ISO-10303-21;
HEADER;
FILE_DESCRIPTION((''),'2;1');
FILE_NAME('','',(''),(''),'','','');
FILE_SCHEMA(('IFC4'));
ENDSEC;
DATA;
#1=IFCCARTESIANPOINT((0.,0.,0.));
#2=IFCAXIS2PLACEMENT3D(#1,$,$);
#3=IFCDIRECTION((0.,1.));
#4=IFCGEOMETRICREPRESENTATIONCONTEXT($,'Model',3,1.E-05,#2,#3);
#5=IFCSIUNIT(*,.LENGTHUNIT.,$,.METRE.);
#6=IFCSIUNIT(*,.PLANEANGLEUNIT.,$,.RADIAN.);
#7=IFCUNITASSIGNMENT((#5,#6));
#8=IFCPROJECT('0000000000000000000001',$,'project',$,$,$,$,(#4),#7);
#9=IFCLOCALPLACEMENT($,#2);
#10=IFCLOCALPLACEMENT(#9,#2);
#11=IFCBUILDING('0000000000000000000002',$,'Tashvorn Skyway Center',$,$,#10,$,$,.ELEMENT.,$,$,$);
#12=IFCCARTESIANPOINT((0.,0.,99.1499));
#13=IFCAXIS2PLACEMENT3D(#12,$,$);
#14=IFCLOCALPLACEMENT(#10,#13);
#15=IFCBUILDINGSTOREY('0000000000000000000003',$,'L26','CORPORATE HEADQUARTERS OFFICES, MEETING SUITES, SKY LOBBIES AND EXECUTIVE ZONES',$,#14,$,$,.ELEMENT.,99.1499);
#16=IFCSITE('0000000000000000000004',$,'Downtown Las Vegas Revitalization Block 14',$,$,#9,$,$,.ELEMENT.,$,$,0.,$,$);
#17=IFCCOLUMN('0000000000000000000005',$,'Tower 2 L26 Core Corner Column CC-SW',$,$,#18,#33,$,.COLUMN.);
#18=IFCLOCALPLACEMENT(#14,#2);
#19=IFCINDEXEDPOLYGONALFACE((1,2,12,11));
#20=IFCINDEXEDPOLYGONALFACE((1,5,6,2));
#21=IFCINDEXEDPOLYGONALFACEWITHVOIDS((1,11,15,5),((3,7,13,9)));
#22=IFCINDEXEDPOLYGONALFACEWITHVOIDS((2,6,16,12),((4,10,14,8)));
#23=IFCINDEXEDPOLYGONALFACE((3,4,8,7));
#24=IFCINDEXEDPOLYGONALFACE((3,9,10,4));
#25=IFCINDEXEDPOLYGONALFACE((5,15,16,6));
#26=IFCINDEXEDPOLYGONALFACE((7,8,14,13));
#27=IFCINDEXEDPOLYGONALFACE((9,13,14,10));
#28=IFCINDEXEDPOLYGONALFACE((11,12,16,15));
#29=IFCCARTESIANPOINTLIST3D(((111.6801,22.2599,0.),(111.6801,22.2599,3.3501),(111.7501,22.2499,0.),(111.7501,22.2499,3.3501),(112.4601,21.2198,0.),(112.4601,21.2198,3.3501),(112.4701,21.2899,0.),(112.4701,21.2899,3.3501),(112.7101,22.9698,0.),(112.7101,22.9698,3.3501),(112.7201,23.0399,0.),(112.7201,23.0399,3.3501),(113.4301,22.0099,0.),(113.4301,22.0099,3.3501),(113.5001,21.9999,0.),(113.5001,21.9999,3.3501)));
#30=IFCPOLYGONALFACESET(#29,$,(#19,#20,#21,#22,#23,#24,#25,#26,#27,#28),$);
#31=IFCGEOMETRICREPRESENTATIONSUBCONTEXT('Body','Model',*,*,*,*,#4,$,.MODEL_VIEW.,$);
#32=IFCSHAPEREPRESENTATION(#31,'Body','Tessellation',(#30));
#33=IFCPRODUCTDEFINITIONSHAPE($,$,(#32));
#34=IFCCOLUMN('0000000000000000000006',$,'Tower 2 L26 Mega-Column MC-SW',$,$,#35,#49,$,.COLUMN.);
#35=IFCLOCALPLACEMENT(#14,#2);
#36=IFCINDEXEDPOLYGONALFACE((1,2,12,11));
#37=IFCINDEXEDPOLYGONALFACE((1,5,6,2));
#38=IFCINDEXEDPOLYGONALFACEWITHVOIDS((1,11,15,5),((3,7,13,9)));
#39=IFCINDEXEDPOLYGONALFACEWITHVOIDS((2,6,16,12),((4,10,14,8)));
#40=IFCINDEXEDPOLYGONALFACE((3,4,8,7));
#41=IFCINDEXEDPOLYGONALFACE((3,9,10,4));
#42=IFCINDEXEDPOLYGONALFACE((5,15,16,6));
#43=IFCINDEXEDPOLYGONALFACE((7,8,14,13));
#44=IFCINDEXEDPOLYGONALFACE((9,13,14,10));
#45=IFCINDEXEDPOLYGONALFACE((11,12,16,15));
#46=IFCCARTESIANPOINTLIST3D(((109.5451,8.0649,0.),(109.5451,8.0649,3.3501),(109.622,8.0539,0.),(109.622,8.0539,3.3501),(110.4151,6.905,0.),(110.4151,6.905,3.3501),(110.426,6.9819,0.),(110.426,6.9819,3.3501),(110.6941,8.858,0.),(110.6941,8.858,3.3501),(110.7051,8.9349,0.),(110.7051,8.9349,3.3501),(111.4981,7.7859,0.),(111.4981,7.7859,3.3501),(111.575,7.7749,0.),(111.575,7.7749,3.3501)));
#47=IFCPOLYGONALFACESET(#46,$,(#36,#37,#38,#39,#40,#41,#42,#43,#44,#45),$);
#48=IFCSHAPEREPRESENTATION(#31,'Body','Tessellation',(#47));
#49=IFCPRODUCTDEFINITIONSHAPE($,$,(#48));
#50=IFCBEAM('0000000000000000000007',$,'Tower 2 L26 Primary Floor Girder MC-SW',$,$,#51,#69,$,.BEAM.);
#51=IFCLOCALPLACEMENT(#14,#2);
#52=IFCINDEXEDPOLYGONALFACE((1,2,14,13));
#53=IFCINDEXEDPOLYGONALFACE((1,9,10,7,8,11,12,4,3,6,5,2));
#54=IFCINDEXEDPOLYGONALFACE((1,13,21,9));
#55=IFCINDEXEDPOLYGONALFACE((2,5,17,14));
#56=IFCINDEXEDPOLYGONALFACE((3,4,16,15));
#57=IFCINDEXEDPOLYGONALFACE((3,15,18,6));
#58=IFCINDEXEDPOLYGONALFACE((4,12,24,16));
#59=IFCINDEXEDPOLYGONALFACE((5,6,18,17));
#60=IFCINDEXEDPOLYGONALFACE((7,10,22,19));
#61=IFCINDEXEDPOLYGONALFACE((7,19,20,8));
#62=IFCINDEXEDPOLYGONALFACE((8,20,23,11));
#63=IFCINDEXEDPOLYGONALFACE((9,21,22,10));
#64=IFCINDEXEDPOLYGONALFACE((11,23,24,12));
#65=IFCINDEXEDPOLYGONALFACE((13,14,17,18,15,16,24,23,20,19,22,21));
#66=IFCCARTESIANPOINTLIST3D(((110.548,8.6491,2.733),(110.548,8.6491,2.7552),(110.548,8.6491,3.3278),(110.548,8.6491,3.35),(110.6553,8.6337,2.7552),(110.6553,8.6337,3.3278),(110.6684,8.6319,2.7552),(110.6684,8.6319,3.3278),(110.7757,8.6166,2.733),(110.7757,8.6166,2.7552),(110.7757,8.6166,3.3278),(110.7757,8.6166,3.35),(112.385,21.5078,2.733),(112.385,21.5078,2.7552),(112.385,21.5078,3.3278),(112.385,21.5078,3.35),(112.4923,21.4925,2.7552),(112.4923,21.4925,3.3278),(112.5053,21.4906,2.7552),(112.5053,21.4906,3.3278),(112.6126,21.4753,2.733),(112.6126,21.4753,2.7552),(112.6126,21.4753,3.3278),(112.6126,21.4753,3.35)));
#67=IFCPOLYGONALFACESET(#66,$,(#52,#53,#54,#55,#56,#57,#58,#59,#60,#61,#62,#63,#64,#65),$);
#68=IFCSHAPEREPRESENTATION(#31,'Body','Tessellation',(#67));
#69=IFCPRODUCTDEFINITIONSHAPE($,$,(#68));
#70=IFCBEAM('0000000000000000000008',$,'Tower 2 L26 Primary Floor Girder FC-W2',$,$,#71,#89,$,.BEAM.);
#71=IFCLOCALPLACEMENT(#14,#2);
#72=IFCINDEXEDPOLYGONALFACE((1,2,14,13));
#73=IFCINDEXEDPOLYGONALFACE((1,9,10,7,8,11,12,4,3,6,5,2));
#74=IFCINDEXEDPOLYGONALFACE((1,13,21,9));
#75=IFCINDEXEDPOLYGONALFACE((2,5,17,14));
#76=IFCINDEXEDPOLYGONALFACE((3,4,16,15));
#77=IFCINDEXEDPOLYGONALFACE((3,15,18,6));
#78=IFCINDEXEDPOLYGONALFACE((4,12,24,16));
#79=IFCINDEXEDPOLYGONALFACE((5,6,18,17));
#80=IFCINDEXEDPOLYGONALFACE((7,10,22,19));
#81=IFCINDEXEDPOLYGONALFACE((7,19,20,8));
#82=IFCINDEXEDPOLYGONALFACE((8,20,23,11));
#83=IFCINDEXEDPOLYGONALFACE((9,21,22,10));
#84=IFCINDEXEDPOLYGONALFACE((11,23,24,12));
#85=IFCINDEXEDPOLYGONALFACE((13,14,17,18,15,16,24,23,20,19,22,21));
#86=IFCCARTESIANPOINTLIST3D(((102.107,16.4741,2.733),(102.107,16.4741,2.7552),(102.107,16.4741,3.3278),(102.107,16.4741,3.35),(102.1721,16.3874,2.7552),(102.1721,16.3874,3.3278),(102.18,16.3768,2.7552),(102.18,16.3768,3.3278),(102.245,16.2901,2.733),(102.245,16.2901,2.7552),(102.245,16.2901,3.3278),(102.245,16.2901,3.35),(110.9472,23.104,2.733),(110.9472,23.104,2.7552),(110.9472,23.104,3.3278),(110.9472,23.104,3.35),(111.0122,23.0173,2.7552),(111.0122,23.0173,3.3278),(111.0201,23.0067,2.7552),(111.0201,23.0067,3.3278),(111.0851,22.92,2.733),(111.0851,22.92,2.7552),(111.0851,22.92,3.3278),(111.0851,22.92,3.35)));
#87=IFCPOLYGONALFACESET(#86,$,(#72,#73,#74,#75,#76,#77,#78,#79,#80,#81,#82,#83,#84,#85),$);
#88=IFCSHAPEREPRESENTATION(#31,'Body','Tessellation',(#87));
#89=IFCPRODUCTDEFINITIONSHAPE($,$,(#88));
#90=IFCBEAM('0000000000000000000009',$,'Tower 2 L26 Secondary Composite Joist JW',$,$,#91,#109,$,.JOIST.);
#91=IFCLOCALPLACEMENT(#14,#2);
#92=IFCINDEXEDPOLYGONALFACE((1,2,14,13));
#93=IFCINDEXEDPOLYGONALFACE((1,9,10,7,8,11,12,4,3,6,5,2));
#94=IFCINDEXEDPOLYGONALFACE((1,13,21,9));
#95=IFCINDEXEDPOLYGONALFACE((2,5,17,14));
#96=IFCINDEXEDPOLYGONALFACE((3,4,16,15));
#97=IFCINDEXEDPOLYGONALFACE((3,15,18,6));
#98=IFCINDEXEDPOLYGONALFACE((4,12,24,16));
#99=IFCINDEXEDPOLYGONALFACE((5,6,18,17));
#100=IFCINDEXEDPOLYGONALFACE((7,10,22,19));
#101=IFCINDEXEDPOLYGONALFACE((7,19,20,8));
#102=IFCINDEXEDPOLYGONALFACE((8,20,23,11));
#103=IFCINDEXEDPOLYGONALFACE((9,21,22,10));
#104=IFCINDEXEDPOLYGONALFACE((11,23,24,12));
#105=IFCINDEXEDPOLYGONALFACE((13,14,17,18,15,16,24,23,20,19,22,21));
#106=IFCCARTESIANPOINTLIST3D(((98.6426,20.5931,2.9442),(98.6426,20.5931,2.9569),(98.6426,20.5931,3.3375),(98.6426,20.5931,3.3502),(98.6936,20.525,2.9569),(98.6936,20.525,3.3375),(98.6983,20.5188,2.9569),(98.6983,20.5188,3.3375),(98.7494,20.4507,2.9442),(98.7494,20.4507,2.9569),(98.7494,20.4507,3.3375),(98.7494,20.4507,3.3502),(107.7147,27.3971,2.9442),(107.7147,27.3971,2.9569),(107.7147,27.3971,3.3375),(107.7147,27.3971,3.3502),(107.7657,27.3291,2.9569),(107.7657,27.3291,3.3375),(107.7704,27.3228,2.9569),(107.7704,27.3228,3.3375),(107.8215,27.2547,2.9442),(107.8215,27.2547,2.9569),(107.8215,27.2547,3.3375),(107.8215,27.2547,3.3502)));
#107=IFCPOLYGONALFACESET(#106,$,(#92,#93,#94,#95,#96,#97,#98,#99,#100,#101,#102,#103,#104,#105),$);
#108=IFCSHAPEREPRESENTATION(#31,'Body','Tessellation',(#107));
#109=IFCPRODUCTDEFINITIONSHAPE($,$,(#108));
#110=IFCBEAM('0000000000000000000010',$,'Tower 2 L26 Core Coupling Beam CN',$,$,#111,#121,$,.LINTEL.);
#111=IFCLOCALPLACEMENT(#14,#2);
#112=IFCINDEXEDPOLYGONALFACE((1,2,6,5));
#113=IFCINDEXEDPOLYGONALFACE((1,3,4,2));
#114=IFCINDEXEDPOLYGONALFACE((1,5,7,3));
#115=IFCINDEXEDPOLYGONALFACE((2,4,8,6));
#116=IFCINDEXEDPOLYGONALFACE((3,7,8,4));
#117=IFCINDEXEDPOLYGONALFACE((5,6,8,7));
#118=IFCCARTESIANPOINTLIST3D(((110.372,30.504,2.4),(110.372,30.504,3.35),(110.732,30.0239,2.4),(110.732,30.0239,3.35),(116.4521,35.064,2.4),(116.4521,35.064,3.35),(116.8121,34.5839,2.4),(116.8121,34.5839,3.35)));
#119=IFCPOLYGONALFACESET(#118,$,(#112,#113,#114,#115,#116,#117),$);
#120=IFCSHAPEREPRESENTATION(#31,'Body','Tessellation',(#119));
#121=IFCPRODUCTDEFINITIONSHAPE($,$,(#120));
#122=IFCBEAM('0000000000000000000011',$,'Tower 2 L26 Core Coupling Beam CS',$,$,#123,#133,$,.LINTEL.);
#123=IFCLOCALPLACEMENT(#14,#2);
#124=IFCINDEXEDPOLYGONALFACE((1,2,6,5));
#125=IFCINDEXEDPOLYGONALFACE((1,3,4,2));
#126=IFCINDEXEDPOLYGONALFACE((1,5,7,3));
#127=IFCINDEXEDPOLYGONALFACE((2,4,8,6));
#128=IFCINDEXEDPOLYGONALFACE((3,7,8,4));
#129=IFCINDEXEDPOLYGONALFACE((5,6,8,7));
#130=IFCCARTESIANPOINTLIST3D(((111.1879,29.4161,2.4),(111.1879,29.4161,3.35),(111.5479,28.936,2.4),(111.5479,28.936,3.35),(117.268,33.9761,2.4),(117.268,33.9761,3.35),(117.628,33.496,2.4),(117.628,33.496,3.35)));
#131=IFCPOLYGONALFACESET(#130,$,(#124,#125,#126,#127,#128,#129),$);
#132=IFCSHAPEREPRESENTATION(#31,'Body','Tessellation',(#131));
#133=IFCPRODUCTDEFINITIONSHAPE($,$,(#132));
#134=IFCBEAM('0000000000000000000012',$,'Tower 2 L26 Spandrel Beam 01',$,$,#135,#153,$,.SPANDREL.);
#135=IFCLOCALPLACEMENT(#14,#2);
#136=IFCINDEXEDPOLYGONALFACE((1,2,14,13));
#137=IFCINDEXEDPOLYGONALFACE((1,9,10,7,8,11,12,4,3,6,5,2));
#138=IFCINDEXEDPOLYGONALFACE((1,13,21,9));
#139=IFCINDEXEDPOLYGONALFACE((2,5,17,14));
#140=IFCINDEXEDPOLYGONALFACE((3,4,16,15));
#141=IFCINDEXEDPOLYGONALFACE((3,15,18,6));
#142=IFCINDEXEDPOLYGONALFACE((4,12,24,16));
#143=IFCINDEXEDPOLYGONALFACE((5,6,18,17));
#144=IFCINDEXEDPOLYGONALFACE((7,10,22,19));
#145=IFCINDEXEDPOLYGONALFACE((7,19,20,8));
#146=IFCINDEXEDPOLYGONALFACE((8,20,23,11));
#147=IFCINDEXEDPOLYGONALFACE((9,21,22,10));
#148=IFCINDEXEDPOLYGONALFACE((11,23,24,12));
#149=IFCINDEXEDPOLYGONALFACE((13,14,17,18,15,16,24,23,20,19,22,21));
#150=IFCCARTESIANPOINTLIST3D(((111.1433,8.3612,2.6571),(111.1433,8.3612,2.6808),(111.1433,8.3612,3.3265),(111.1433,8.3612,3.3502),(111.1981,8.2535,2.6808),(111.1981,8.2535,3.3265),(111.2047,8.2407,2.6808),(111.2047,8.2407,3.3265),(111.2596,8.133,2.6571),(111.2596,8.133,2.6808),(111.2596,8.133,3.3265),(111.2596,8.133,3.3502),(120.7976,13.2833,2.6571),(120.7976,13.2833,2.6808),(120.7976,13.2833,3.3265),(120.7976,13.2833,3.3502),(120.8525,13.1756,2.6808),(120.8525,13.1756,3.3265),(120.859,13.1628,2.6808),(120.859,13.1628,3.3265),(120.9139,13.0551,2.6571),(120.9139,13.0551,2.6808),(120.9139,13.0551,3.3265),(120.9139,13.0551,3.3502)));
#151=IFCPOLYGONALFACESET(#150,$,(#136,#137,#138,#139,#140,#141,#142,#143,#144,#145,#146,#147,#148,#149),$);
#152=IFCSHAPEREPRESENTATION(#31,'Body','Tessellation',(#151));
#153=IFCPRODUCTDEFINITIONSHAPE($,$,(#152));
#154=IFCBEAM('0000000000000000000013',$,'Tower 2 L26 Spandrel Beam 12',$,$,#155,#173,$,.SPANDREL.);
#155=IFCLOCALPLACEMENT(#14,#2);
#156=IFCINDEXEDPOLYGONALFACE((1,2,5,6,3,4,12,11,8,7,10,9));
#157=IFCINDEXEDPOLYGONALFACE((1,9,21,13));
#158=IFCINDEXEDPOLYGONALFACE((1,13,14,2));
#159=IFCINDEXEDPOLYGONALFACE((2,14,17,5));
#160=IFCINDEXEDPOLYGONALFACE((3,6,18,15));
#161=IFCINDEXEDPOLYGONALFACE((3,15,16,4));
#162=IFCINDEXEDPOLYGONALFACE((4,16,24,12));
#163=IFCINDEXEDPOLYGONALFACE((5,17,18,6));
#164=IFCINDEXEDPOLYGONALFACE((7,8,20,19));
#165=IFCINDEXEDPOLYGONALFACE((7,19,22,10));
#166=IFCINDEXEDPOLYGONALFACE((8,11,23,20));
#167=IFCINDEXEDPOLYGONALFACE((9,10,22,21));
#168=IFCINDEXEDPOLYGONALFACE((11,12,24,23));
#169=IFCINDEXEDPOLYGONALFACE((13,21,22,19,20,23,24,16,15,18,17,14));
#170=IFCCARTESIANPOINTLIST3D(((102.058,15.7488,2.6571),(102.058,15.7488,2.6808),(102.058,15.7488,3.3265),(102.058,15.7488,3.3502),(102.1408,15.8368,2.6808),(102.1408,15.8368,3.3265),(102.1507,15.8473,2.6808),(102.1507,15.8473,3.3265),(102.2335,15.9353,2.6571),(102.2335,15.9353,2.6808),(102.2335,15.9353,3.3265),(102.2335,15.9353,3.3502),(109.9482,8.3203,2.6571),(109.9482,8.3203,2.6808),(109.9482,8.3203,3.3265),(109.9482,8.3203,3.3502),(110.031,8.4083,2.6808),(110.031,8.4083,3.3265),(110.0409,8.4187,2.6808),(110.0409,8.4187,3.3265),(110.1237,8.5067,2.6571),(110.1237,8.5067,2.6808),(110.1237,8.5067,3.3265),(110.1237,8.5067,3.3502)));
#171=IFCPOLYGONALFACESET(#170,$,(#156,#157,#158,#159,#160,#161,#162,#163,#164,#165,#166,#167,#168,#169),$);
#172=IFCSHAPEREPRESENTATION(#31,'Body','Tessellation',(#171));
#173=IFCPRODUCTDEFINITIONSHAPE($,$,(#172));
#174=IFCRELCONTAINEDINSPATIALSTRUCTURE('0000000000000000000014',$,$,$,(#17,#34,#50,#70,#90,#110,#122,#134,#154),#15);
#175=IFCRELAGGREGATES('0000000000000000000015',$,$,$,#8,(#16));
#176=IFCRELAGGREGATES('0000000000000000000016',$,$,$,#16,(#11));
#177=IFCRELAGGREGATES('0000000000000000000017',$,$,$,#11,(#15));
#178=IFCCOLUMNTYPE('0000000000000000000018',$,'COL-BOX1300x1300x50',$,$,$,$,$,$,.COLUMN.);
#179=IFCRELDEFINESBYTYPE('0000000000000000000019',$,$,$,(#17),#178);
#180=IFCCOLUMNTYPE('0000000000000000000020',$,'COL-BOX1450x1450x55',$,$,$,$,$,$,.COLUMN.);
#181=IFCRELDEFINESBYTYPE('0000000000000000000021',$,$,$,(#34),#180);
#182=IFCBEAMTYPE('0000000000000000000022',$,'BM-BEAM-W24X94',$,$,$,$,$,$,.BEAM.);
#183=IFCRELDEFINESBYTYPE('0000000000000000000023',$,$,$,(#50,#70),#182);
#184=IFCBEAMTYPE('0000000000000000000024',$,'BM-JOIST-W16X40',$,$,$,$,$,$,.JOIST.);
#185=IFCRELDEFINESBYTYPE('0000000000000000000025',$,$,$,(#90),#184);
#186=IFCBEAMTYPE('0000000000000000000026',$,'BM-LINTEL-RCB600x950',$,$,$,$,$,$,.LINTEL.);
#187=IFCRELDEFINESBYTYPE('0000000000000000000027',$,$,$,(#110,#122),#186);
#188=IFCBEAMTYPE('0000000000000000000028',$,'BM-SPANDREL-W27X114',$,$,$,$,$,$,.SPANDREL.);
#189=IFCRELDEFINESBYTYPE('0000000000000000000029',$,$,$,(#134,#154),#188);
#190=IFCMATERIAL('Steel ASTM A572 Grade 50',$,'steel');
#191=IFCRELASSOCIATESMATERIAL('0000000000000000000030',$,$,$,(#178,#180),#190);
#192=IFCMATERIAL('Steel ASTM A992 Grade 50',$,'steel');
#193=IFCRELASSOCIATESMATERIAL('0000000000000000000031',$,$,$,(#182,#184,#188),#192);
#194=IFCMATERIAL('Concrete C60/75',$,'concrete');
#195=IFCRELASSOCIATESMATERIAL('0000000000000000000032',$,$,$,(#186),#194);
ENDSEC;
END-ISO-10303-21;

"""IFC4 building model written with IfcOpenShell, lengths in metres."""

from ifc_helpers import new_model, si_unit, direction, frame, origin, origin_2d, place, context, subcontext, project, spatial, rectangle, hollow_rectangle, i_section, extrude, material, material_profile, profile_set, type_object, element, save


model = new_model("IFC4")

# Units and contexts
model_context = context("Model", 3, precision=1e-05, world=origin(), true_north=direction((0.0, 1.0)))
body_context = subcontext(model_context, "Body", "Model", "MODEL_VIEW")
ifc_project = project(units=[si_unit("LENGTHUNIT", "METRE"), si_unit("PLANEANGLEUNIT", "RADIAN")], contexts=[model_context])

# Site, building, storey
site_placement = place(None, origin())
site = spatial("IfcSite", under=ifc_project, at=site_placement, Name="Downtown Las Vegas Revitalization Block 14", CompositionType="ELEMENT", RefElevation=0.0)
building_placement = place(site_placement, origin())
building = spatial("IfcBuilding", under=site, at=building_placement, Name="Tashvorn Skyway Center", CompositionType="ELEMENT")
storey_placement = place(building_placement, frame((0.0, 0.0, 99.1499)))
storey = spatial("IfcBuildingStorey", under=building, at=storey_placement, Name="L26", Description="CORPORATE HEADQUARTERS OFFICES, MEETING SUITES, SKY LOBBIES AND EXECUTIVE ZONES", CompositionType="ELEMENT", Elevation=99.1499)

# Columns
ifc_material_1 = material(Name="Steel ASTM A572 Grade 50", Category="steel")
ifc_material_profile_1 = material_profile(ifc_material_1, hollow_rectangle(XDim=1.3, YDim=1.3, WallThickness=0.05, at=origin_2d()), Name="BOX1300x1300x50")
ifc_profile_set_1 = profile_set([ifc_material_profile_1], Name="Steel ASTM A572 Grade 50")
column_type_1 = type_object("IfcColumnType", Name="COL-BOX1300x1300x50", PredefinedType="COLUMN", material=ifc_profile_set_1)
column_1_placement = place(storey_placement, frame((112.5901, 22.1299, 0.0), z_axis=(0.0, 0.0, 1.0), x_axis=(0.8, 0.6, 0.0)))
element("IfcColumn", 1, at=column_1_placement, inside=storey, type_object=column_type_1, Name="Tower 2 L26 Core Corner Column CC-SW", PredefinedType="COLUMN", context=body_context, shape_type="SweptSolid", body=[
    extrude(hollow_rectangle(XDim=1.3, YDim=1.3, WallThickness=0.05, at=origin_2d()), origin(), (0.0, 0.0, 1.0), 3.3501),
])
ifc_material_profile_2 = material_profile(ifc_material_1, hollow_rectangle(XDim=1.45, YDim=1.45, WallThickness=0.0549, at=origin_2d()), Name="BOX1450x1450x55")
ifc_profile_set_2 = profile_set([ifc_material_profile_2], Name="Steel ASTM A572 Grade 50")
column_type_2 = type_object("IfcColumnType", Name="COL-BOX1450x1450x55", PredefinedType="COLUMN", material=ifc_profile_set_2)
column_2_placement = place(storey_placement, frame((110.5601, 7.9199, 0.0), z_axis=(0.0, 0.0, 1.0), x_axis=(0.8, 0.6, 0.0)))
element("IfcColumn", 2, at=column_2_placement, inside=storey, type_object=column_type_2, Name="Tower 2 L26 Mega-Column MC-SW", PredefinedType="COLUMN", context=body_context, shape_type="SweptSolid", body=[
    extrude(hollow_rectangle(XDim=1.45, YDim=1.45, WallThickness=0.0549, at=origin_2d()), origin(), (0.0, 0.0, 1.0), 3.3501),
])

# Beams
ifc_material_2 = material(Name="Steel ASTM A992 Grade 50", Category="steel")
ifc_material_profile_3 = material_profile(ifc_material_2, i_section(OverallWidth=0.23, OverallDepth=0.6169, WebThickness=0.0132, FlangeThickness=0.0222, at=origin_2d()), Name="W24X94")
ifc_profile_set_3 = profile_set([ifc_material_profile_3], Name="Steel ASTM A992 Grade 50")
beam_type_1 = type_object("IfcBeamType", Name="BM-BEAM-W24X94", PredefinedType="BEAM", material=ifc_profile_set_3)
beam_1_placement = place(storey_placement, frame((110.6619, 8.6328, 3.0415), z_axis=(0.141419, 0.98995, 0.0), x_axis=(-0.98995, 0.141419, 0.0)))
element("IfcBeam", 3, at=beam_1_placement, inside=storey, type_object=beam_type_1, Name="Tower 2 L26 Primary Floor Girder MC-SW", PredefinedType="BEAM", context=body_context, shape_type="SweptSolid", body=[
    extrude(i_section(OverallWidth=0.23, OverallDepth=0.6169, WebThickness=0.0132, FlangeThickness=0.0222, at=origin_2d()), origin(), (0.0, 0.0, 1.0), 12.9893),
])
beam_2_placement = place(storey_placement, frame((102.176, 16.3821, 3.0415), z_axis=(0.800008, 0.599989, 0.0), x_axis=(-0.599989, 0.800008, 0.0)))
element("IfcBeam", 4, at=beam_2_placement, inside=storey, type_object=beam_type_1, Name="Tower 2 L26 Primary Floor Girder FC-W2", PredefinedType="BEAM", context=body_context, shape_type="SweptSolid", body=[
    extrude(i_section(OverallWidth=0.23, OverallDepth=0.6169, WebThickness=0.0132, FlangeThickness=0.0222, at=origin_2d()), origin(), (0.0, 0.0, 1.0), 11.05),
])
ifc_material_profile_4 = material_profile(ifc_material_2, i_section(OverallWidth=0.178, OverallDepth=0.406, WebThickness=0.0078, FlangeThickness=0.0127, at=origin_2d()), Name="W16X40")
ifc_profile_set_4 = profile_set([ifc_material_profile_4], Name="Steel ASTM A992 Grade 50")
beam_type_2 = type_object("IfcBeamType", Name="BM-JOIST-W16X40", PredefinedType="JOIST", material=ifc_profile_set_4)
beam_3_placement = place(storey_placement, frame((107.7681, 27.3259, 3.1472), z_axis=(-0.800003, -0.599997, 0.0), x_axis=(0.599997, -0.800003, 0.0)))
element("IfcBeam", 5, at=beam_3_placement, inside=storey, type_object=beam_type_2, Name="Tower 2 L26 Secondary Composite Joist JW", PredefinedType="JOIST", context=body_context, shape_type="SweptSolid", body=[
    extrude(i_section(OverallWidth=0.178, OverallDepth=0.406, WebThickness=0.0078, FlangeThickness=0.0127, at=origin_2d()), origin(), (0.0, 0.0, 1.0), 11.3401),
])
ifc_material_3 = material(Name="Concrete C60/75", Category="concrete")
ifc_material_profile_5 = material_profile(ifc_material_3, rectangle(XDim=0.6001, YDim=0.95, at=origin_2d()), Name="RCB600x950")
ifc_profile_set_5 = profile_set([ifc_material_profile_5], Name="Concrete C60/75")
beam_type_3 = type_object("IfcBeamType", Name="BM-LINTEL-RCB600x950", PredefinedType="LINTEL", material=ifc_profile_set_5)
for number, where, z_axis, x_axis, name in (
    (6, (110.552, 30.2639, 2.875), (0.8, 0.6, 0.0), (-0.6, 0.8, 0.0), "Tower 2 L26 Core Coupling Beam CN"),
    (7, (111.3679, 29.176, 2.875), (0.8, 0.6, 0.0), (-0.6, 0.8, 0.0), "Tower 2 L26 Core Coupling Beam CS"),
):
    element("IfcBeam", number, at=place(storey_placement, frame(where, z_axis=z_axis, x_axis=x_axis)), inside=storey, type_object=beam_type_3, Name=name, PredefinedType="LINTEL", context=body_context, shape_type="SweptSolid", body=[
        extrude(rectangle(XDim=0.6001, YDim=0.95, at=origin_2d()), origin(), (0.0, 0.0, 1.0), 7.6001),
    ])
ifc_material_profile_6 = material_profile(ifc_material_2, i_section(OverallWidth=0.2561, OverallDepth=0.6931, WebThickness=0.0144, FlangeThickness=0.0237, at=origin_2d()), Name="W27X114")
ifc_profile_set_6 = profile_set([ifc_material_profile_6], Name="Steel ASTM A992 Grade 50")
beam_type_4 = type_object("IfcBeamType", Name="BM-SPANDREL-W27X114", PredefinedType="SPANDREL", material=ifc_profile_set_6)
beam_4_placement = place(storey_placement, frame((111.2014, 8.2471, 3.0037), z_axis=(0.890894, 0.454211, 0.0), x_axis=(-0.454211, 0.890894, 0.0)))
element("IfcBeam", 8, at=beam_4_placement, inside=storey, type_object=beam_type_4, Name="Tower 2 L26 Spandrel Beam 01", PredefinedType="SPANDREL", context=body_context, shape_type="SweptSolid", body=[
    extrude(i_section(OverallWidth=0.2561, OverallDepth=0.6931, WebThickness=0.0144, FlangeThickness=0.0237, at=origin_2d()), origin(), (0.0, 0.0, 1.0), 10.8367),
])
beam_5_placement = place(storey_placement, frame((102.1458, 15.842, 3.0037), z_axis=(0.728087, -0.685485, 0.0), x_axis=(0.685485, 0.728087, 0.0)))
element("IfcBeam", 9, at=beam_5_placement, inside=storey, type_object=beam_type_4, Name="Tower 2 L26 Spandrel Beam 12", PredefinedType="SPANDREL", context=body_context, shape_type="SweptSolid", body=[
    extrude(i_section(OverallWidth=0.2561, OverallDepth=0.6931, WebThickness=0.0144, FlangeThickness=0.0237, at=origin_2d()), origin(), (0.0, 0.0, 1.0), 10.8369),
])

save(model, "model.ifc")
